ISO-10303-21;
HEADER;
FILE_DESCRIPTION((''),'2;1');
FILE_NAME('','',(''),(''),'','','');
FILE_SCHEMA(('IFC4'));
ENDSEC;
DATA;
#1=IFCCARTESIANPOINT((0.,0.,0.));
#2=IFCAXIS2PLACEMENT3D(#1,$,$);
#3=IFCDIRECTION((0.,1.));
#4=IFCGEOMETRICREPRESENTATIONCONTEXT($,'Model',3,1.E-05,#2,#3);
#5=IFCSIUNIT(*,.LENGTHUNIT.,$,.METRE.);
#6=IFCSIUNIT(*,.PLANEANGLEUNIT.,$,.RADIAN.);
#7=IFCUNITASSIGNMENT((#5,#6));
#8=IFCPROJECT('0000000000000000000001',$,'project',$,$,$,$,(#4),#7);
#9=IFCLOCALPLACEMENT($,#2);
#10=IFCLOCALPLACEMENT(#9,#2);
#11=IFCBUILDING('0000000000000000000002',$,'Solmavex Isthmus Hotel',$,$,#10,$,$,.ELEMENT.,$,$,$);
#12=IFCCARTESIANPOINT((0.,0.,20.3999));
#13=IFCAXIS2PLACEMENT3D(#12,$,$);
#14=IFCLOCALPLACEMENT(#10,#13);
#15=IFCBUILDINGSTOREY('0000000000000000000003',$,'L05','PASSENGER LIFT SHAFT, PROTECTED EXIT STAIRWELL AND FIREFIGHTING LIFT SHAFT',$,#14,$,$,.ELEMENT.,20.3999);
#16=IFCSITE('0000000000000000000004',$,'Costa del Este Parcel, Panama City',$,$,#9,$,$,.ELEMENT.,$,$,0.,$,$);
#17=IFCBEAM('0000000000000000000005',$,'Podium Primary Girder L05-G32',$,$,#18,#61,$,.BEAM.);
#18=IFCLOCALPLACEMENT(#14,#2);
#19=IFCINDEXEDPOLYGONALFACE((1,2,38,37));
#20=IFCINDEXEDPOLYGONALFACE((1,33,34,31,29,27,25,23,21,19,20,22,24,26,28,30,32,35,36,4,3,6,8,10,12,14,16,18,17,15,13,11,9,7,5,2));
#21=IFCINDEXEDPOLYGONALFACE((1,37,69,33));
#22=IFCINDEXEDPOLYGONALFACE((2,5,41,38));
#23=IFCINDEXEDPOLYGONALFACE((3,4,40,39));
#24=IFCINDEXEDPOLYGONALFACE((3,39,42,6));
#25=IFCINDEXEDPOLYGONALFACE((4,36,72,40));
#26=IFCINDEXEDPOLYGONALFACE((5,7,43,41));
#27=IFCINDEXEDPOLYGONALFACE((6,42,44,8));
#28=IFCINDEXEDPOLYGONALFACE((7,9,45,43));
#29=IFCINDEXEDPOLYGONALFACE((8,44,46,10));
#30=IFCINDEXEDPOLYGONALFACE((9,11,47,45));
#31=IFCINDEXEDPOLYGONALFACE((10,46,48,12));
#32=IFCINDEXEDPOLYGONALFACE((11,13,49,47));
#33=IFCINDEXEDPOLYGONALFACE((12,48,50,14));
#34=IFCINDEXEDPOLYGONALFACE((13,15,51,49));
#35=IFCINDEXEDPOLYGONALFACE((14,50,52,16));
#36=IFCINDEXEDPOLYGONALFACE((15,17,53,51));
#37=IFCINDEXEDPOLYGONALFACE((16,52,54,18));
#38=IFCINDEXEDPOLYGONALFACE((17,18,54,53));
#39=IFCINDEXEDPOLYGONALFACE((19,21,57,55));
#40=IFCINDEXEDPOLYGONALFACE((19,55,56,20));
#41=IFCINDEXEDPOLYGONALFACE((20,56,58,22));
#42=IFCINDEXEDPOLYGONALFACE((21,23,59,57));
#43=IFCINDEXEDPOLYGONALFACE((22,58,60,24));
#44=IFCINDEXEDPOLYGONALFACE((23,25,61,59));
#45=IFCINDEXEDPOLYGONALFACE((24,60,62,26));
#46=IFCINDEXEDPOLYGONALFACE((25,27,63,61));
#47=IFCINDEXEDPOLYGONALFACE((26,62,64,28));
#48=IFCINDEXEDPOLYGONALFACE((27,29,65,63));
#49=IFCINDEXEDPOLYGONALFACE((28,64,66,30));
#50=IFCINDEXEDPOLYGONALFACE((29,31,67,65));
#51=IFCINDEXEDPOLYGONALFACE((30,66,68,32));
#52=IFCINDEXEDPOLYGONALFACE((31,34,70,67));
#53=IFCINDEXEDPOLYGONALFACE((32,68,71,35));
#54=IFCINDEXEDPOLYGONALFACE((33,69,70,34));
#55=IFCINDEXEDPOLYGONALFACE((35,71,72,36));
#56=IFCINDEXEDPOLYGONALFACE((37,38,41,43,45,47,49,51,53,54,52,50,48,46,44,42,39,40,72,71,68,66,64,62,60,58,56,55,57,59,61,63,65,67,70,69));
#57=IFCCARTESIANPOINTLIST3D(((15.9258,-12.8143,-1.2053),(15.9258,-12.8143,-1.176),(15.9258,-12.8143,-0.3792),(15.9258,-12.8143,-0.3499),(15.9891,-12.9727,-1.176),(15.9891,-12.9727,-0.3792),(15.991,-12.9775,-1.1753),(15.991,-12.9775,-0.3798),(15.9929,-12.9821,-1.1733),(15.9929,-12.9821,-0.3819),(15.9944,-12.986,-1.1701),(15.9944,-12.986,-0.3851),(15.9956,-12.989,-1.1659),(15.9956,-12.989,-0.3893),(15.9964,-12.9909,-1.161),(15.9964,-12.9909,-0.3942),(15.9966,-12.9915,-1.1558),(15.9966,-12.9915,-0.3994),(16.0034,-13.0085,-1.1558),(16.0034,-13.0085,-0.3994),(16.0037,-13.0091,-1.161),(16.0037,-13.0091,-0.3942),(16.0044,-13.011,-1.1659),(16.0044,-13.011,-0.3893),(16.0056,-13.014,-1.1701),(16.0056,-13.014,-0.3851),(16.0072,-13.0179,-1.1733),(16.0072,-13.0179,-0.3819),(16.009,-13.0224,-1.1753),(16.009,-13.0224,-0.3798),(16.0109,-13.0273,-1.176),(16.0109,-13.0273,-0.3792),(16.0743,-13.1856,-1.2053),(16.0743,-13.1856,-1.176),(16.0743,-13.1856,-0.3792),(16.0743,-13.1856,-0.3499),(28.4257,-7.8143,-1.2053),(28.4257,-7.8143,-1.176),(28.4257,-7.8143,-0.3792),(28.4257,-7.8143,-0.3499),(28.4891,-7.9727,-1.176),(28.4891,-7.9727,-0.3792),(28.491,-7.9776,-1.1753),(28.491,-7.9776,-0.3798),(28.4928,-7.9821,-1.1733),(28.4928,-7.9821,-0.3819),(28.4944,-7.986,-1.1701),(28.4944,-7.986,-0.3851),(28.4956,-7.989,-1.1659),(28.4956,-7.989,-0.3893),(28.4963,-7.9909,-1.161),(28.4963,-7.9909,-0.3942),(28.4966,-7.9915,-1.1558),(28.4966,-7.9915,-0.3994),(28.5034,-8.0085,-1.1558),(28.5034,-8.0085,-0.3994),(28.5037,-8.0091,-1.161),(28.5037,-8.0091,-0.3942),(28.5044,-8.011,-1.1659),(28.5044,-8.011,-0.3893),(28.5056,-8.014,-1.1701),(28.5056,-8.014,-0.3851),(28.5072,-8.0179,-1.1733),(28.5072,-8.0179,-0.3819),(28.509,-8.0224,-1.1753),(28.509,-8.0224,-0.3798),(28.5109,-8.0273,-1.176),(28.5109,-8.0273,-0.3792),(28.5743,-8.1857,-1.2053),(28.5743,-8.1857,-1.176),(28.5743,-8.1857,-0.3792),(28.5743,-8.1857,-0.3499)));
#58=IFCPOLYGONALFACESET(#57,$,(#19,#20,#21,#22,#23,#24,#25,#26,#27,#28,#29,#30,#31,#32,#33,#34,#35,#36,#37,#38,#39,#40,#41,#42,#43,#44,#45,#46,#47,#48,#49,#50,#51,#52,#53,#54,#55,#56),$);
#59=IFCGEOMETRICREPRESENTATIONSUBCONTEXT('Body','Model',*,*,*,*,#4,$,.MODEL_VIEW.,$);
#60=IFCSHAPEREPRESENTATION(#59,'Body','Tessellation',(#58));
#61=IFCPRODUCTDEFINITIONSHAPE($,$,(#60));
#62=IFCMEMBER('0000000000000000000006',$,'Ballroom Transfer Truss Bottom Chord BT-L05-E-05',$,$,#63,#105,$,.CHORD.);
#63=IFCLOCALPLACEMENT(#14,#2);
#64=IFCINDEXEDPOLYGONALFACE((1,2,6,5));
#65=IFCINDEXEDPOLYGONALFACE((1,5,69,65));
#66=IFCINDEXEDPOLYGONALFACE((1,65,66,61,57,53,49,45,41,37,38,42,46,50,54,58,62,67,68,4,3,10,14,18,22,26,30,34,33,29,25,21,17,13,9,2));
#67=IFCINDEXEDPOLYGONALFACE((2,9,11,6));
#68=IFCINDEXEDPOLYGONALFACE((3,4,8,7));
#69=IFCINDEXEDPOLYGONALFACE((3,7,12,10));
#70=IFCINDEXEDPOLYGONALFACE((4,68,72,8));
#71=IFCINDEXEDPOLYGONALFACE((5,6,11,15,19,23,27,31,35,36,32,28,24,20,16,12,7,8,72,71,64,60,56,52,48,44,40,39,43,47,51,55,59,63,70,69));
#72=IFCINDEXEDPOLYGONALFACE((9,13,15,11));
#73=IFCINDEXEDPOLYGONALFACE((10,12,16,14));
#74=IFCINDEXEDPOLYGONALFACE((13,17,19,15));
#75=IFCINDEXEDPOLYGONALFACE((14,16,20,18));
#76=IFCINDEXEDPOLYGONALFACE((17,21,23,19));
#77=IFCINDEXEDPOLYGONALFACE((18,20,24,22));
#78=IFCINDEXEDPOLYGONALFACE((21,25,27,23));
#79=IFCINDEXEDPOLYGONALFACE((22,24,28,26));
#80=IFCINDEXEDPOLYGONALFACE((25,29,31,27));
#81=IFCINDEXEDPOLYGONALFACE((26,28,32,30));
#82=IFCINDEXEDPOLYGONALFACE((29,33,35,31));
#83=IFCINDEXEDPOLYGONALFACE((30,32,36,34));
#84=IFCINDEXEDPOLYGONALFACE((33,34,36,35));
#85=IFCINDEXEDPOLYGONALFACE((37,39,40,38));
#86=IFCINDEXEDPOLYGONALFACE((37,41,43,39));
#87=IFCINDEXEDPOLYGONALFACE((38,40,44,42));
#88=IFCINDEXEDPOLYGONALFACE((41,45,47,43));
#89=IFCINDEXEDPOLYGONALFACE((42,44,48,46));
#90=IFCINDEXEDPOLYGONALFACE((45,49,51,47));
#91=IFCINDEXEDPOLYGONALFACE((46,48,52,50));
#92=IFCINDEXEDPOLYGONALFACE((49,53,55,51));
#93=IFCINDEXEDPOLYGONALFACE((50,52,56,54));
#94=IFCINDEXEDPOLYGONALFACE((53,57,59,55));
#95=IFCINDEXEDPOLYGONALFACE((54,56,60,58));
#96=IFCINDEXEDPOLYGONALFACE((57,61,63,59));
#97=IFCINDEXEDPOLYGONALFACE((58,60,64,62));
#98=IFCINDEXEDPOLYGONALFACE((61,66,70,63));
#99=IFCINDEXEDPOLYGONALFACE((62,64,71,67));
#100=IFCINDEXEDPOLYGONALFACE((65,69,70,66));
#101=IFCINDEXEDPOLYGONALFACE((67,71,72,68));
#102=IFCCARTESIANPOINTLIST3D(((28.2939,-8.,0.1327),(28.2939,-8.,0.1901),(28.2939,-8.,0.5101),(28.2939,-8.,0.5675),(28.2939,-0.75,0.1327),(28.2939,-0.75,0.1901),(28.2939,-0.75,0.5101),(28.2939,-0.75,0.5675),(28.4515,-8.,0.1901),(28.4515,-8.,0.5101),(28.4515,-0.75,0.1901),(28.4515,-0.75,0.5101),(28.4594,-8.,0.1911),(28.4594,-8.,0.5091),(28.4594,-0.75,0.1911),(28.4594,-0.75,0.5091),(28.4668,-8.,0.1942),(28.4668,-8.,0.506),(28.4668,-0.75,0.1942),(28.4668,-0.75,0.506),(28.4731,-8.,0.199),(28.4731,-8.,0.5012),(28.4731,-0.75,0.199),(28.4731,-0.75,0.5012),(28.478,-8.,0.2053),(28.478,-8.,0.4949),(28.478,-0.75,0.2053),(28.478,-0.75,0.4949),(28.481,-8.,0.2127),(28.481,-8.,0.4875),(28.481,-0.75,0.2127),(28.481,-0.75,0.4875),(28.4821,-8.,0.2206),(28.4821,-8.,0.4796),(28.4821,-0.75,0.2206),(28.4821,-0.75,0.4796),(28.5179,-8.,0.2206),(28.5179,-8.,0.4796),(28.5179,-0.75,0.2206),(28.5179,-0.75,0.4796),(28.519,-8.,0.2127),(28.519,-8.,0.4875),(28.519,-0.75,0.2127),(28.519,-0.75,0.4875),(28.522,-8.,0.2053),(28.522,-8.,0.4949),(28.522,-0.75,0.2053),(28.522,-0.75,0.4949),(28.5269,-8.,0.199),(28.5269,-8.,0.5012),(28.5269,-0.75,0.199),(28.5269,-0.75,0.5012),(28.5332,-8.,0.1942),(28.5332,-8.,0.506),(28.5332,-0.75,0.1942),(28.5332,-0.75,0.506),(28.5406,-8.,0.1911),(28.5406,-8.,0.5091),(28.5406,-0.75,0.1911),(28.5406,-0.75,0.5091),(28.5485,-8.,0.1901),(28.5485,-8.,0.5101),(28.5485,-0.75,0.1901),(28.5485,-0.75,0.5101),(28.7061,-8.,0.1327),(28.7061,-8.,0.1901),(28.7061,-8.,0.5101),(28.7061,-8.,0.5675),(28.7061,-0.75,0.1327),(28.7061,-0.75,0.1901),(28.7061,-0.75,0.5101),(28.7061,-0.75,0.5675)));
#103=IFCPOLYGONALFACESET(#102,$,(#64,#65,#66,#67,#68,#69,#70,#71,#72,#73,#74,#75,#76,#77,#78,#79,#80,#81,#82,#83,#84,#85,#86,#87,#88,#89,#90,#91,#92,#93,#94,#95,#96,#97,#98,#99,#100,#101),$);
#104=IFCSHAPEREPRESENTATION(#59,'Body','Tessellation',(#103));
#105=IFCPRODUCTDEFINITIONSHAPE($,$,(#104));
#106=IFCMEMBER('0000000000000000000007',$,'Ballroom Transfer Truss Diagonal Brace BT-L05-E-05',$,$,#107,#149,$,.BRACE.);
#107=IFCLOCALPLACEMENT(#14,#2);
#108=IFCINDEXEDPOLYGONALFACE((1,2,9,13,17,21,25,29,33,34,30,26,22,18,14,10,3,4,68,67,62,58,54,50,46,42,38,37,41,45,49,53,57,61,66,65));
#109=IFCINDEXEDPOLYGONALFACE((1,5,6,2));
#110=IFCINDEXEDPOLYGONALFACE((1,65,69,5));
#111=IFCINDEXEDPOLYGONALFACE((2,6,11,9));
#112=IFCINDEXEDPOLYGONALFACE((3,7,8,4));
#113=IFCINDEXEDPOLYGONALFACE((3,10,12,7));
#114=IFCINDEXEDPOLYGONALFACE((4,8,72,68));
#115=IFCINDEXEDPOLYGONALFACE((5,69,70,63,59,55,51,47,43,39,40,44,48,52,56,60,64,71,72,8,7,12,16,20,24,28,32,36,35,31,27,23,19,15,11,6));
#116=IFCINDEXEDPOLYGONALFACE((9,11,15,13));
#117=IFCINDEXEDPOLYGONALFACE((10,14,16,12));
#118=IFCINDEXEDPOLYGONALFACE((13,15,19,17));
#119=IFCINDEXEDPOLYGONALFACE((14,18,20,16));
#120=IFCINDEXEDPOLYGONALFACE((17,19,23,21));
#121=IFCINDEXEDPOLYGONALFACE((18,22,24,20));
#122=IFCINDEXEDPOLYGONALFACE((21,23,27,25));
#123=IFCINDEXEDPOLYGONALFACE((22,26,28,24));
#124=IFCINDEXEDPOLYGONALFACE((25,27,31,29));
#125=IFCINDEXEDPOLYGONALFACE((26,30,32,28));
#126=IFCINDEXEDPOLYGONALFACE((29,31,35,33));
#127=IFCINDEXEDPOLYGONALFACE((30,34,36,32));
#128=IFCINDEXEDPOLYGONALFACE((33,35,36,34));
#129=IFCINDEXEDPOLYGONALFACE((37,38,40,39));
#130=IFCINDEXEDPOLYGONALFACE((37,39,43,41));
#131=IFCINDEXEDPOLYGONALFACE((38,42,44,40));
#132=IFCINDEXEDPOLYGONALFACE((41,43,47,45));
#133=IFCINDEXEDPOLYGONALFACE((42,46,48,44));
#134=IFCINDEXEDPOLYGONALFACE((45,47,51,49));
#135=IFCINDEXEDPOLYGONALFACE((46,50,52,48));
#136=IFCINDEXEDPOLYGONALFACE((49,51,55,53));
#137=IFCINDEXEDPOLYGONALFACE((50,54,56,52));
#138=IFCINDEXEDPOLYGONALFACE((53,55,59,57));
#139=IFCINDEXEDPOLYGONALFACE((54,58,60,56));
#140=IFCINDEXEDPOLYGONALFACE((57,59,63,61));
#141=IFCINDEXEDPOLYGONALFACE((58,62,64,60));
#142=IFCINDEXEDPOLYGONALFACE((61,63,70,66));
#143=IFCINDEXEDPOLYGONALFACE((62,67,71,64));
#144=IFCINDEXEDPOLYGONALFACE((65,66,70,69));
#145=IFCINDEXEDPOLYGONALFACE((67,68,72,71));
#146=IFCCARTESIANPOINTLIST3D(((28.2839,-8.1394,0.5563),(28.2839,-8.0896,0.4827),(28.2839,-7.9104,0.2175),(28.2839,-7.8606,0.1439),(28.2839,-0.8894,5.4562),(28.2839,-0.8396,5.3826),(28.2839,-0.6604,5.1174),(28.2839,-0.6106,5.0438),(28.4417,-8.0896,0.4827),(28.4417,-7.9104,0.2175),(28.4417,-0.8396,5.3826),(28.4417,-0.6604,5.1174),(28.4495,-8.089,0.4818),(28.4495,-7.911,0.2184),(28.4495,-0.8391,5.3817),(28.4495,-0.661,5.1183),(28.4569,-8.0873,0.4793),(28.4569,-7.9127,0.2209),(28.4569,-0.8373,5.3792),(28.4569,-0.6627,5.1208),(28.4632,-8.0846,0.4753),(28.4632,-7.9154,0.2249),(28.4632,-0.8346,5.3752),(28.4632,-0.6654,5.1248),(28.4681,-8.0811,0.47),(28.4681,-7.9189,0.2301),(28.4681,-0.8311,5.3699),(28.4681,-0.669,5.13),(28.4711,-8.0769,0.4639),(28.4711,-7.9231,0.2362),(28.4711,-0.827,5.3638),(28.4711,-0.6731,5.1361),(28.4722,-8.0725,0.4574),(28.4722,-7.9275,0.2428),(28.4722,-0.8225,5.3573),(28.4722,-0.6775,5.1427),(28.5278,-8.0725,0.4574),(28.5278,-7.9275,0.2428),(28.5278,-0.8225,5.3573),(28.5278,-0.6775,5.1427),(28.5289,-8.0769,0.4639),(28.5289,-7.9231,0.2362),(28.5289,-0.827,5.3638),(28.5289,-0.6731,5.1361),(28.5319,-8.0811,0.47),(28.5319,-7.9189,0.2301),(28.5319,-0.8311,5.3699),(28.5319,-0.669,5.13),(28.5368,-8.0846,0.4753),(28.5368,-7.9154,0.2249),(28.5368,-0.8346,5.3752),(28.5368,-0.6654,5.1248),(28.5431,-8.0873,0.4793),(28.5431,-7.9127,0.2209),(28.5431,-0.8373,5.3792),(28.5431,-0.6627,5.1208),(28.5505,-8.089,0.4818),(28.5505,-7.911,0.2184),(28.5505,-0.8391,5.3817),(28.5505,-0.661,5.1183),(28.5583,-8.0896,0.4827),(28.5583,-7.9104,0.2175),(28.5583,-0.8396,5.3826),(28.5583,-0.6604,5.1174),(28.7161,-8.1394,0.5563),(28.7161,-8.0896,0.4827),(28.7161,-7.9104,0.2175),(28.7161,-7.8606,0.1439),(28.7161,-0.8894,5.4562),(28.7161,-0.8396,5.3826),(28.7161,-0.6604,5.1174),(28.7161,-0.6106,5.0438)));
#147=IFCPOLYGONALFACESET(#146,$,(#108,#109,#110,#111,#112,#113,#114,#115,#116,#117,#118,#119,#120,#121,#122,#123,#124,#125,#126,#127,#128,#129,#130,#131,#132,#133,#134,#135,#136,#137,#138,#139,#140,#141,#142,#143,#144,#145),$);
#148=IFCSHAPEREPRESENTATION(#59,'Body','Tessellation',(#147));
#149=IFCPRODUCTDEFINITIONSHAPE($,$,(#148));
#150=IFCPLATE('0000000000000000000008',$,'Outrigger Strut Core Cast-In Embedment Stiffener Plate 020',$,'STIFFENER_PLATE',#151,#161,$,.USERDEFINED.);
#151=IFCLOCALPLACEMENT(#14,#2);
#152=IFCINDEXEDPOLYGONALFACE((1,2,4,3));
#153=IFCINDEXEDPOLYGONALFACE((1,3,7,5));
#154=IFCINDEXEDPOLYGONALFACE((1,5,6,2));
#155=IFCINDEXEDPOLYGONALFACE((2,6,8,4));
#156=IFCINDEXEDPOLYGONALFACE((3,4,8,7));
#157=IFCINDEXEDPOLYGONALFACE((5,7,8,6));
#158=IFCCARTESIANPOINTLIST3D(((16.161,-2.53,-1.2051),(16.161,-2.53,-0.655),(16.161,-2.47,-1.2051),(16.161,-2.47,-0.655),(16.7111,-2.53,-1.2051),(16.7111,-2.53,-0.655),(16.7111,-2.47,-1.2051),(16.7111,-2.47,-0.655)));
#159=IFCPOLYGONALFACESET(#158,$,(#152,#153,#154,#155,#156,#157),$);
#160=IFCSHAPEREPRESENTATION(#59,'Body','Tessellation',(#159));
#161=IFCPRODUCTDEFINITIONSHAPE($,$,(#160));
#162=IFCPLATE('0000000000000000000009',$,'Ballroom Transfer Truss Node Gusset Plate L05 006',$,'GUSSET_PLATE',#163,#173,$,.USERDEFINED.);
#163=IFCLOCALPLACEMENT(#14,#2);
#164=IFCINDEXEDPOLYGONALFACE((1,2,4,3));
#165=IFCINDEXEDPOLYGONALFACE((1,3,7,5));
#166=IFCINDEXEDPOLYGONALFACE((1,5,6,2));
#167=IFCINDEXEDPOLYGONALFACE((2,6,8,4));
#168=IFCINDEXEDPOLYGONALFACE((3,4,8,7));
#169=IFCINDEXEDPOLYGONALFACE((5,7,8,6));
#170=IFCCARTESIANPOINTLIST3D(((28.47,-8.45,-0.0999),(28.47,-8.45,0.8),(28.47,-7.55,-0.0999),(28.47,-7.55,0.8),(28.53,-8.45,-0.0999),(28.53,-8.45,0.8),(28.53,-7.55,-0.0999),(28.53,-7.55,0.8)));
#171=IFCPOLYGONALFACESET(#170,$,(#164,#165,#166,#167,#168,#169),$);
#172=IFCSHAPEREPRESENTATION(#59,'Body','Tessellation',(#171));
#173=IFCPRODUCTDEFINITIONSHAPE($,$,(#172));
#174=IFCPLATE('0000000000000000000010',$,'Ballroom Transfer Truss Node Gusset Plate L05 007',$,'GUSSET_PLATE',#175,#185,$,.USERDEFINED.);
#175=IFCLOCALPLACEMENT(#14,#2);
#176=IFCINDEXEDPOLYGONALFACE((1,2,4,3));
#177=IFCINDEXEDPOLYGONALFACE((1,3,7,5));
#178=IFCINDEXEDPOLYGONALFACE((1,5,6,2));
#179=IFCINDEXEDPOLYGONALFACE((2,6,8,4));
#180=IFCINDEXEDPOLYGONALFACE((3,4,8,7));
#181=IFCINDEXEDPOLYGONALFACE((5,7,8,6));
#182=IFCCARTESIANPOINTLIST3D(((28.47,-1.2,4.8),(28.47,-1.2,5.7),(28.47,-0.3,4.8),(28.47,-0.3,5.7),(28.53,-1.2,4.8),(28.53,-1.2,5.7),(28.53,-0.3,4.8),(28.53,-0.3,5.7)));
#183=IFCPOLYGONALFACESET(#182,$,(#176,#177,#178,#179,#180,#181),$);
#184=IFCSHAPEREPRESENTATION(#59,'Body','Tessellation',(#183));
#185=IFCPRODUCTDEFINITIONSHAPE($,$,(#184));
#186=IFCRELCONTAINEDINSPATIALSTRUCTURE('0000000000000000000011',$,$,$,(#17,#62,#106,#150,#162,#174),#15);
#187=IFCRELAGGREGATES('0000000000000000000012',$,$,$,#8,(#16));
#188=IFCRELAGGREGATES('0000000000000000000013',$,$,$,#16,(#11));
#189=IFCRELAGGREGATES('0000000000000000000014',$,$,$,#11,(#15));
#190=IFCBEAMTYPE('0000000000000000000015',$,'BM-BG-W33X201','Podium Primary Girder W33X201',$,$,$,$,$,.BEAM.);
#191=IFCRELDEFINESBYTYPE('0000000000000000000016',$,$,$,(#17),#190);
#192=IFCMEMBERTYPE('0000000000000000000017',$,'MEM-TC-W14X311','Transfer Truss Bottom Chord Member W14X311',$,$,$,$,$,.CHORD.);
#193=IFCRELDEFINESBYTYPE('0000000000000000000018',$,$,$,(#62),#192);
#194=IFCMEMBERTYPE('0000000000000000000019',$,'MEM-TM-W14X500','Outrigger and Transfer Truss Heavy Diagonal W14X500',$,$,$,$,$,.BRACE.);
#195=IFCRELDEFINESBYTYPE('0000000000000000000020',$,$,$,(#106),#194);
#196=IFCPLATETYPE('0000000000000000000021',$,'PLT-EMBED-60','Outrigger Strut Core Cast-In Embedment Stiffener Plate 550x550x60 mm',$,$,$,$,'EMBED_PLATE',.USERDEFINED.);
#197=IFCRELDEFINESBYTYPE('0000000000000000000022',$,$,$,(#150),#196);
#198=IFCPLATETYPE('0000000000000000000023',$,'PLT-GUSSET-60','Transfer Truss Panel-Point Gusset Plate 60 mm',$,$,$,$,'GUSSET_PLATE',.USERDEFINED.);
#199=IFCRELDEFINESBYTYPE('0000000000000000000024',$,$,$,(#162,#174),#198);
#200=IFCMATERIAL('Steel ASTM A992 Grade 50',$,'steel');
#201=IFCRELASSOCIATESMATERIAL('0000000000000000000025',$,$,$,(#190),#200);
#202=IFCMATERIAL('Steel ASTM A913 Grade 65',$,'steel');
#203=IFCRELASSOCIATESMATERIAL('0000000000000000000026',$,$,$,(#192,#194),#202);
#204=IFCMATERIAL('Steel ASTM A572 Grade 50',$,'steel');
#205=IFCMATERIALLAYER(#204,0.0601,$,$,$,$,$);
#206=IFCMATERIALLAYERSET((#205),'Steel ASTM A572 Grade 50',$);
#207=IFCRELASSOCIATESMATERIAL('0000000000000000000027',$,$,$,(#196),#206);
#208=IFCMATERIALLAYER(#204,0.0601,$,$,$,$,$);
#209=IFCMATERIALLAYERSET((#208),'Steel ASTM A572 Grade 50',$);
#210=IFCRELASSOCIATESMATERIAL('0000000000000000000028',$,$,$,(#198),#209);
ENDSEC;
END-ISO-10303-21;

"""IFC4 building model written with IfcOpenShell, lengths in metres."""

from ifc_helpers import new_model, si_unit, direction, frame, origin, origin_2d, place, context, subcontext, project, spatial, rectangle, i_section, extrude, material, layer, layer_set, material_profile, profile_set, type_object, element, save


model = new_model("IFC4")

# Units and contexts
model_context = context("Model", 3, precision=1e-05, world=origin(), true_north=direction((0.0, 1.0)))
body_context = subcontext(model_context, "Body", "Model", "MODEL_VIEW")
ifc_project = project(units=[si_unit("LENGTHUNIT", "METRE"), si_unit("PLANEANGLEUNIT", "RADIAN")], contexts=[model_context])

# Site, building, storey
site_placement = place(None, origin())
site = spatial("IfcSite", under=ifc_project, at=site_placement, Name="Costa del Este Parcel, Panama City", CompositionType="ELEMENT", RefElevation=0.0)
building_placement = place(site_placement, origin())
building = spatial("IfcBuilding", under=site, at=building_placement, Name="Solmavex Isthmus Hotel", CompositionType="ELEMENT")
storey_placement = place(building_placement, frame((0.0, 0.0, 20.3999)))
storey = spatial("IfcBuildingStorey", under=building, at=storey_placement, Name="L05", Description="PASSENGER LIFT SHAFT, PROTECTED EXIT STAIRWELL AND FIREFIGHTING LIFT SHAFT", CompositionType="ELEMENT", Elevation=20.3999)

# Beam
ifc_material_1 = material(Name="Steel ASTM A992 Grade 50", Category="steel")
ifc_material_profile_1 = material_profile(ifc_material_1, i_section(OverallWidth=0.3999, OverallDepth=0.8555, WebThickness=0.0183, FlangeThickness=0.0293, FilletRadius=0.0203, at=origin_2d()), Name="W33X201")
ifc_profile_set_1 = profile_set([ifc_material_profile_1], Name="Steel ASTM A992 Grade 50")
beam_type_1 = type_object("IfcBeamType", Name="BM-BG-W33X201", Description="Podium Primary Girder W33X201", PredefinedType="BEAM", material=ifc_profile_set_1)
beam_1_placement = place(storey_placement, frame((28.5, -8.0, -0.7776), z_axis=(-0.928477, -0.371391, 0.0), x_axis=(0.371391, -0.928477, 0.0)))
element("IfcBeam", 1, at=beam_1_placement, inside=storey, type_object=beam_type_1, Name="Podium Primary Girder L05-G32", PredefinedType="BEAM", context=body_context, shape_type="SweptSolid", body=[
    extrude(i_section(OverallWidth=0.3999, OverallDepth=0.8555, WebThickness=0.0183, FlangeThickness=0.0293, FilletRadius=0.0203, at=origin_2d()), origin(), (0.0, 0.0, 1.0), 13.4629),
])

# Members
ifc_material_2 = material(Name="Steel ASTM A913 Grade 65", Category="steel")
ifc_material_profile_2 = material_profile(ifc_material_2, i_section(OverallWidth=0.4121, OverallDepth=0.4348, WebThickness=0.0359, FlangeThickness=0.0574, FilletRadius=0.0305, at=origin_2d()), Name="W14X311")
ifc_profile_set_2 = profile_set([ifc_material_profile_2], Name="Steel ASTM A913 Grade 65")
member_type_1 = type_object("IfcMemberType", Name="MEM-TC-W14X311", Description="Transfer Truss Bottom Chord Member W14X311", PredefinedType="CHORD", material=ifc_profile_set_2)
member_1_placement = place(storey_placement, frame((28.5, -8.0, 0.3501), z_axis=(0.0, 1.0, 0.0), x_axis=(-1.0, 0.0, 0.0)))
element("IfcMember", 2, at=member_1_placement, inside=storey, type_object=member_type_1, Name="Ballroom Transfer Truss Bottom Chord BT-L05-E-05", PredefinedType="CHORD", context=body_context, shape_type="SweptSolid", body=[
    extrude(i_section(OverallWidth=0.4121, OverallDepth=0.4348, WebThickness=0.0359, FlangeThickness=0.0574, FilletRadius=0.0305, at=origin_2d()), origin(), (0.0, 0.0, 1.0), 7.25),
])
ifc_material_profile_3 = material_profile(ifc_material_2, i_section(OverallWidth=0.4321, OverallDepth=0.4978, WebThickness=0.0557, FlangeThickness=0.0889, FilletRadius=0.0305, at=origin_2d()), Name="W14X500")
ifc_profile_set_3 = profile_set([ifc_material_profile_3], Name="Steel ASTM A913 Grade 65")
member_type_2 = type_object("IfcMemberType", Name="MEM-TM-W14X500", Description="Outrigger and Transfer Truss Heavy Diagonal W14X500", PredefinedType="BRACE", material=ifc_profile_set_3)
member_2_placement = place(storey_placement, frame((28.5, -8.0, 0.3501), z_axis=(0.0, 0.828523, 0.559956), x_axis=(-1.0, 0.0, 0.0)))
element("IfcMember", 3, at=member_2_placement, inside=storey, type_object=member_type_2, Name="Ballroom Transfer Truss Diagonal Brace BT-L05-E-05", PredefinedType="BRACE", context=body_context, shape_type="SweptSolid", body=[
    extrude(i_section(OverallWidth=0.4321, OverallDepth=0.4978, WebThickness=0.0557, FlangeThickness=0.0889, FilletRadius=0.0305, at=origin_2d()), origin(), (0.0, 0.0, 1.0), 8.7505),
])

# Plates
ifc_material_3 = material(Name="Steel ASTM A572 Grade 50", Category="steel")
ifc_layer_1 = layer(ifc_material_3, 0.0601)
ifc_layer_set_1 = layer_set([ifc_layer_1], Name="Steel ASTM A572 Grade 50")
plate_type_1 = type_object("IfcPlateType", Name="PLT-EMBED-60", Description="Outrigger Strut Core Cast-In Embedment Stiffener Plate 550x550x60 mm", ElementType="EMBED_PLATE", PredefinedType="USERDEFINED", material=ifc_layer_set_1)
plate_placement = place(storey_placement, frame((16.436, -2.5, -1.2051), z_axis=(0.0, 0.0, 1.0), x_axis=(1.0, 0.0, 0.0)))
element("IfcPlate", 4, at=plate_placement, inside=storey, type_object=plate_type_1, Name="Outrigger Strut Core Cast-In Embedment Stiffener Plate 020", ObjectType="STIFFENER_PLATE", PredefinedType="USERDEFINED", context=body_context, shape_type="SweptSolid", body=[
    extrude(rectangle(XDim=0.55, YDim=0.0601, at=origin_2d()), origin(), (0.0, 0.0, 1.0), 0.55),
])
ifc_layer_2 = layer(ifc_material_3, 0.0601)
ifc_layer_set_2 = layer_set([ifc_layer_2], Name="Steel ASTM A572 Grade 50")
plate_type_2 = type_object("IfcPlateType", Name="PLT-GUSSET-60", Description="Transfer Truss Panel-Point Gusset Plate 60 mm", ElementType="GUSSET_PLATE", PredefinedType="USERDEFINED", material=ifc_layer_set_2)
for number, where, z_axis, x_axis, name in (
    (5, (28.5, -8.0, -0.0999), (0.0, 0.0, 1.0), (0.0, 1.0, 0.0), "Ballroom Transfer Truss Node Gusset Plate L05 006"),
    (6, (28.5, -0.75, 4.8), (0.0, 0.0, 1.0), (0.0, 1.0, 0.0), "Ballroom Transfer Truss Node Gusset Plate L05 007"),
):
    element("IfcPlate", number, at=place(storey_placement, frame(where, z_axis=z_axis, x_axis=x_axis)), inside=storey, type_object=plate_type_2, Name=name, ObjectType="GUSSET_PLATE", PredefinedType="USERDEFINED", context=body_context, shape_type="SweptSolid", body=[
        extrude(rectangle(XDim=0.8999, YDim=0.0601, at=origin_2d()), origin(), (0.0, 0.0, 1.0), 0.8999),
    ])

save(model, "model.ifc")
